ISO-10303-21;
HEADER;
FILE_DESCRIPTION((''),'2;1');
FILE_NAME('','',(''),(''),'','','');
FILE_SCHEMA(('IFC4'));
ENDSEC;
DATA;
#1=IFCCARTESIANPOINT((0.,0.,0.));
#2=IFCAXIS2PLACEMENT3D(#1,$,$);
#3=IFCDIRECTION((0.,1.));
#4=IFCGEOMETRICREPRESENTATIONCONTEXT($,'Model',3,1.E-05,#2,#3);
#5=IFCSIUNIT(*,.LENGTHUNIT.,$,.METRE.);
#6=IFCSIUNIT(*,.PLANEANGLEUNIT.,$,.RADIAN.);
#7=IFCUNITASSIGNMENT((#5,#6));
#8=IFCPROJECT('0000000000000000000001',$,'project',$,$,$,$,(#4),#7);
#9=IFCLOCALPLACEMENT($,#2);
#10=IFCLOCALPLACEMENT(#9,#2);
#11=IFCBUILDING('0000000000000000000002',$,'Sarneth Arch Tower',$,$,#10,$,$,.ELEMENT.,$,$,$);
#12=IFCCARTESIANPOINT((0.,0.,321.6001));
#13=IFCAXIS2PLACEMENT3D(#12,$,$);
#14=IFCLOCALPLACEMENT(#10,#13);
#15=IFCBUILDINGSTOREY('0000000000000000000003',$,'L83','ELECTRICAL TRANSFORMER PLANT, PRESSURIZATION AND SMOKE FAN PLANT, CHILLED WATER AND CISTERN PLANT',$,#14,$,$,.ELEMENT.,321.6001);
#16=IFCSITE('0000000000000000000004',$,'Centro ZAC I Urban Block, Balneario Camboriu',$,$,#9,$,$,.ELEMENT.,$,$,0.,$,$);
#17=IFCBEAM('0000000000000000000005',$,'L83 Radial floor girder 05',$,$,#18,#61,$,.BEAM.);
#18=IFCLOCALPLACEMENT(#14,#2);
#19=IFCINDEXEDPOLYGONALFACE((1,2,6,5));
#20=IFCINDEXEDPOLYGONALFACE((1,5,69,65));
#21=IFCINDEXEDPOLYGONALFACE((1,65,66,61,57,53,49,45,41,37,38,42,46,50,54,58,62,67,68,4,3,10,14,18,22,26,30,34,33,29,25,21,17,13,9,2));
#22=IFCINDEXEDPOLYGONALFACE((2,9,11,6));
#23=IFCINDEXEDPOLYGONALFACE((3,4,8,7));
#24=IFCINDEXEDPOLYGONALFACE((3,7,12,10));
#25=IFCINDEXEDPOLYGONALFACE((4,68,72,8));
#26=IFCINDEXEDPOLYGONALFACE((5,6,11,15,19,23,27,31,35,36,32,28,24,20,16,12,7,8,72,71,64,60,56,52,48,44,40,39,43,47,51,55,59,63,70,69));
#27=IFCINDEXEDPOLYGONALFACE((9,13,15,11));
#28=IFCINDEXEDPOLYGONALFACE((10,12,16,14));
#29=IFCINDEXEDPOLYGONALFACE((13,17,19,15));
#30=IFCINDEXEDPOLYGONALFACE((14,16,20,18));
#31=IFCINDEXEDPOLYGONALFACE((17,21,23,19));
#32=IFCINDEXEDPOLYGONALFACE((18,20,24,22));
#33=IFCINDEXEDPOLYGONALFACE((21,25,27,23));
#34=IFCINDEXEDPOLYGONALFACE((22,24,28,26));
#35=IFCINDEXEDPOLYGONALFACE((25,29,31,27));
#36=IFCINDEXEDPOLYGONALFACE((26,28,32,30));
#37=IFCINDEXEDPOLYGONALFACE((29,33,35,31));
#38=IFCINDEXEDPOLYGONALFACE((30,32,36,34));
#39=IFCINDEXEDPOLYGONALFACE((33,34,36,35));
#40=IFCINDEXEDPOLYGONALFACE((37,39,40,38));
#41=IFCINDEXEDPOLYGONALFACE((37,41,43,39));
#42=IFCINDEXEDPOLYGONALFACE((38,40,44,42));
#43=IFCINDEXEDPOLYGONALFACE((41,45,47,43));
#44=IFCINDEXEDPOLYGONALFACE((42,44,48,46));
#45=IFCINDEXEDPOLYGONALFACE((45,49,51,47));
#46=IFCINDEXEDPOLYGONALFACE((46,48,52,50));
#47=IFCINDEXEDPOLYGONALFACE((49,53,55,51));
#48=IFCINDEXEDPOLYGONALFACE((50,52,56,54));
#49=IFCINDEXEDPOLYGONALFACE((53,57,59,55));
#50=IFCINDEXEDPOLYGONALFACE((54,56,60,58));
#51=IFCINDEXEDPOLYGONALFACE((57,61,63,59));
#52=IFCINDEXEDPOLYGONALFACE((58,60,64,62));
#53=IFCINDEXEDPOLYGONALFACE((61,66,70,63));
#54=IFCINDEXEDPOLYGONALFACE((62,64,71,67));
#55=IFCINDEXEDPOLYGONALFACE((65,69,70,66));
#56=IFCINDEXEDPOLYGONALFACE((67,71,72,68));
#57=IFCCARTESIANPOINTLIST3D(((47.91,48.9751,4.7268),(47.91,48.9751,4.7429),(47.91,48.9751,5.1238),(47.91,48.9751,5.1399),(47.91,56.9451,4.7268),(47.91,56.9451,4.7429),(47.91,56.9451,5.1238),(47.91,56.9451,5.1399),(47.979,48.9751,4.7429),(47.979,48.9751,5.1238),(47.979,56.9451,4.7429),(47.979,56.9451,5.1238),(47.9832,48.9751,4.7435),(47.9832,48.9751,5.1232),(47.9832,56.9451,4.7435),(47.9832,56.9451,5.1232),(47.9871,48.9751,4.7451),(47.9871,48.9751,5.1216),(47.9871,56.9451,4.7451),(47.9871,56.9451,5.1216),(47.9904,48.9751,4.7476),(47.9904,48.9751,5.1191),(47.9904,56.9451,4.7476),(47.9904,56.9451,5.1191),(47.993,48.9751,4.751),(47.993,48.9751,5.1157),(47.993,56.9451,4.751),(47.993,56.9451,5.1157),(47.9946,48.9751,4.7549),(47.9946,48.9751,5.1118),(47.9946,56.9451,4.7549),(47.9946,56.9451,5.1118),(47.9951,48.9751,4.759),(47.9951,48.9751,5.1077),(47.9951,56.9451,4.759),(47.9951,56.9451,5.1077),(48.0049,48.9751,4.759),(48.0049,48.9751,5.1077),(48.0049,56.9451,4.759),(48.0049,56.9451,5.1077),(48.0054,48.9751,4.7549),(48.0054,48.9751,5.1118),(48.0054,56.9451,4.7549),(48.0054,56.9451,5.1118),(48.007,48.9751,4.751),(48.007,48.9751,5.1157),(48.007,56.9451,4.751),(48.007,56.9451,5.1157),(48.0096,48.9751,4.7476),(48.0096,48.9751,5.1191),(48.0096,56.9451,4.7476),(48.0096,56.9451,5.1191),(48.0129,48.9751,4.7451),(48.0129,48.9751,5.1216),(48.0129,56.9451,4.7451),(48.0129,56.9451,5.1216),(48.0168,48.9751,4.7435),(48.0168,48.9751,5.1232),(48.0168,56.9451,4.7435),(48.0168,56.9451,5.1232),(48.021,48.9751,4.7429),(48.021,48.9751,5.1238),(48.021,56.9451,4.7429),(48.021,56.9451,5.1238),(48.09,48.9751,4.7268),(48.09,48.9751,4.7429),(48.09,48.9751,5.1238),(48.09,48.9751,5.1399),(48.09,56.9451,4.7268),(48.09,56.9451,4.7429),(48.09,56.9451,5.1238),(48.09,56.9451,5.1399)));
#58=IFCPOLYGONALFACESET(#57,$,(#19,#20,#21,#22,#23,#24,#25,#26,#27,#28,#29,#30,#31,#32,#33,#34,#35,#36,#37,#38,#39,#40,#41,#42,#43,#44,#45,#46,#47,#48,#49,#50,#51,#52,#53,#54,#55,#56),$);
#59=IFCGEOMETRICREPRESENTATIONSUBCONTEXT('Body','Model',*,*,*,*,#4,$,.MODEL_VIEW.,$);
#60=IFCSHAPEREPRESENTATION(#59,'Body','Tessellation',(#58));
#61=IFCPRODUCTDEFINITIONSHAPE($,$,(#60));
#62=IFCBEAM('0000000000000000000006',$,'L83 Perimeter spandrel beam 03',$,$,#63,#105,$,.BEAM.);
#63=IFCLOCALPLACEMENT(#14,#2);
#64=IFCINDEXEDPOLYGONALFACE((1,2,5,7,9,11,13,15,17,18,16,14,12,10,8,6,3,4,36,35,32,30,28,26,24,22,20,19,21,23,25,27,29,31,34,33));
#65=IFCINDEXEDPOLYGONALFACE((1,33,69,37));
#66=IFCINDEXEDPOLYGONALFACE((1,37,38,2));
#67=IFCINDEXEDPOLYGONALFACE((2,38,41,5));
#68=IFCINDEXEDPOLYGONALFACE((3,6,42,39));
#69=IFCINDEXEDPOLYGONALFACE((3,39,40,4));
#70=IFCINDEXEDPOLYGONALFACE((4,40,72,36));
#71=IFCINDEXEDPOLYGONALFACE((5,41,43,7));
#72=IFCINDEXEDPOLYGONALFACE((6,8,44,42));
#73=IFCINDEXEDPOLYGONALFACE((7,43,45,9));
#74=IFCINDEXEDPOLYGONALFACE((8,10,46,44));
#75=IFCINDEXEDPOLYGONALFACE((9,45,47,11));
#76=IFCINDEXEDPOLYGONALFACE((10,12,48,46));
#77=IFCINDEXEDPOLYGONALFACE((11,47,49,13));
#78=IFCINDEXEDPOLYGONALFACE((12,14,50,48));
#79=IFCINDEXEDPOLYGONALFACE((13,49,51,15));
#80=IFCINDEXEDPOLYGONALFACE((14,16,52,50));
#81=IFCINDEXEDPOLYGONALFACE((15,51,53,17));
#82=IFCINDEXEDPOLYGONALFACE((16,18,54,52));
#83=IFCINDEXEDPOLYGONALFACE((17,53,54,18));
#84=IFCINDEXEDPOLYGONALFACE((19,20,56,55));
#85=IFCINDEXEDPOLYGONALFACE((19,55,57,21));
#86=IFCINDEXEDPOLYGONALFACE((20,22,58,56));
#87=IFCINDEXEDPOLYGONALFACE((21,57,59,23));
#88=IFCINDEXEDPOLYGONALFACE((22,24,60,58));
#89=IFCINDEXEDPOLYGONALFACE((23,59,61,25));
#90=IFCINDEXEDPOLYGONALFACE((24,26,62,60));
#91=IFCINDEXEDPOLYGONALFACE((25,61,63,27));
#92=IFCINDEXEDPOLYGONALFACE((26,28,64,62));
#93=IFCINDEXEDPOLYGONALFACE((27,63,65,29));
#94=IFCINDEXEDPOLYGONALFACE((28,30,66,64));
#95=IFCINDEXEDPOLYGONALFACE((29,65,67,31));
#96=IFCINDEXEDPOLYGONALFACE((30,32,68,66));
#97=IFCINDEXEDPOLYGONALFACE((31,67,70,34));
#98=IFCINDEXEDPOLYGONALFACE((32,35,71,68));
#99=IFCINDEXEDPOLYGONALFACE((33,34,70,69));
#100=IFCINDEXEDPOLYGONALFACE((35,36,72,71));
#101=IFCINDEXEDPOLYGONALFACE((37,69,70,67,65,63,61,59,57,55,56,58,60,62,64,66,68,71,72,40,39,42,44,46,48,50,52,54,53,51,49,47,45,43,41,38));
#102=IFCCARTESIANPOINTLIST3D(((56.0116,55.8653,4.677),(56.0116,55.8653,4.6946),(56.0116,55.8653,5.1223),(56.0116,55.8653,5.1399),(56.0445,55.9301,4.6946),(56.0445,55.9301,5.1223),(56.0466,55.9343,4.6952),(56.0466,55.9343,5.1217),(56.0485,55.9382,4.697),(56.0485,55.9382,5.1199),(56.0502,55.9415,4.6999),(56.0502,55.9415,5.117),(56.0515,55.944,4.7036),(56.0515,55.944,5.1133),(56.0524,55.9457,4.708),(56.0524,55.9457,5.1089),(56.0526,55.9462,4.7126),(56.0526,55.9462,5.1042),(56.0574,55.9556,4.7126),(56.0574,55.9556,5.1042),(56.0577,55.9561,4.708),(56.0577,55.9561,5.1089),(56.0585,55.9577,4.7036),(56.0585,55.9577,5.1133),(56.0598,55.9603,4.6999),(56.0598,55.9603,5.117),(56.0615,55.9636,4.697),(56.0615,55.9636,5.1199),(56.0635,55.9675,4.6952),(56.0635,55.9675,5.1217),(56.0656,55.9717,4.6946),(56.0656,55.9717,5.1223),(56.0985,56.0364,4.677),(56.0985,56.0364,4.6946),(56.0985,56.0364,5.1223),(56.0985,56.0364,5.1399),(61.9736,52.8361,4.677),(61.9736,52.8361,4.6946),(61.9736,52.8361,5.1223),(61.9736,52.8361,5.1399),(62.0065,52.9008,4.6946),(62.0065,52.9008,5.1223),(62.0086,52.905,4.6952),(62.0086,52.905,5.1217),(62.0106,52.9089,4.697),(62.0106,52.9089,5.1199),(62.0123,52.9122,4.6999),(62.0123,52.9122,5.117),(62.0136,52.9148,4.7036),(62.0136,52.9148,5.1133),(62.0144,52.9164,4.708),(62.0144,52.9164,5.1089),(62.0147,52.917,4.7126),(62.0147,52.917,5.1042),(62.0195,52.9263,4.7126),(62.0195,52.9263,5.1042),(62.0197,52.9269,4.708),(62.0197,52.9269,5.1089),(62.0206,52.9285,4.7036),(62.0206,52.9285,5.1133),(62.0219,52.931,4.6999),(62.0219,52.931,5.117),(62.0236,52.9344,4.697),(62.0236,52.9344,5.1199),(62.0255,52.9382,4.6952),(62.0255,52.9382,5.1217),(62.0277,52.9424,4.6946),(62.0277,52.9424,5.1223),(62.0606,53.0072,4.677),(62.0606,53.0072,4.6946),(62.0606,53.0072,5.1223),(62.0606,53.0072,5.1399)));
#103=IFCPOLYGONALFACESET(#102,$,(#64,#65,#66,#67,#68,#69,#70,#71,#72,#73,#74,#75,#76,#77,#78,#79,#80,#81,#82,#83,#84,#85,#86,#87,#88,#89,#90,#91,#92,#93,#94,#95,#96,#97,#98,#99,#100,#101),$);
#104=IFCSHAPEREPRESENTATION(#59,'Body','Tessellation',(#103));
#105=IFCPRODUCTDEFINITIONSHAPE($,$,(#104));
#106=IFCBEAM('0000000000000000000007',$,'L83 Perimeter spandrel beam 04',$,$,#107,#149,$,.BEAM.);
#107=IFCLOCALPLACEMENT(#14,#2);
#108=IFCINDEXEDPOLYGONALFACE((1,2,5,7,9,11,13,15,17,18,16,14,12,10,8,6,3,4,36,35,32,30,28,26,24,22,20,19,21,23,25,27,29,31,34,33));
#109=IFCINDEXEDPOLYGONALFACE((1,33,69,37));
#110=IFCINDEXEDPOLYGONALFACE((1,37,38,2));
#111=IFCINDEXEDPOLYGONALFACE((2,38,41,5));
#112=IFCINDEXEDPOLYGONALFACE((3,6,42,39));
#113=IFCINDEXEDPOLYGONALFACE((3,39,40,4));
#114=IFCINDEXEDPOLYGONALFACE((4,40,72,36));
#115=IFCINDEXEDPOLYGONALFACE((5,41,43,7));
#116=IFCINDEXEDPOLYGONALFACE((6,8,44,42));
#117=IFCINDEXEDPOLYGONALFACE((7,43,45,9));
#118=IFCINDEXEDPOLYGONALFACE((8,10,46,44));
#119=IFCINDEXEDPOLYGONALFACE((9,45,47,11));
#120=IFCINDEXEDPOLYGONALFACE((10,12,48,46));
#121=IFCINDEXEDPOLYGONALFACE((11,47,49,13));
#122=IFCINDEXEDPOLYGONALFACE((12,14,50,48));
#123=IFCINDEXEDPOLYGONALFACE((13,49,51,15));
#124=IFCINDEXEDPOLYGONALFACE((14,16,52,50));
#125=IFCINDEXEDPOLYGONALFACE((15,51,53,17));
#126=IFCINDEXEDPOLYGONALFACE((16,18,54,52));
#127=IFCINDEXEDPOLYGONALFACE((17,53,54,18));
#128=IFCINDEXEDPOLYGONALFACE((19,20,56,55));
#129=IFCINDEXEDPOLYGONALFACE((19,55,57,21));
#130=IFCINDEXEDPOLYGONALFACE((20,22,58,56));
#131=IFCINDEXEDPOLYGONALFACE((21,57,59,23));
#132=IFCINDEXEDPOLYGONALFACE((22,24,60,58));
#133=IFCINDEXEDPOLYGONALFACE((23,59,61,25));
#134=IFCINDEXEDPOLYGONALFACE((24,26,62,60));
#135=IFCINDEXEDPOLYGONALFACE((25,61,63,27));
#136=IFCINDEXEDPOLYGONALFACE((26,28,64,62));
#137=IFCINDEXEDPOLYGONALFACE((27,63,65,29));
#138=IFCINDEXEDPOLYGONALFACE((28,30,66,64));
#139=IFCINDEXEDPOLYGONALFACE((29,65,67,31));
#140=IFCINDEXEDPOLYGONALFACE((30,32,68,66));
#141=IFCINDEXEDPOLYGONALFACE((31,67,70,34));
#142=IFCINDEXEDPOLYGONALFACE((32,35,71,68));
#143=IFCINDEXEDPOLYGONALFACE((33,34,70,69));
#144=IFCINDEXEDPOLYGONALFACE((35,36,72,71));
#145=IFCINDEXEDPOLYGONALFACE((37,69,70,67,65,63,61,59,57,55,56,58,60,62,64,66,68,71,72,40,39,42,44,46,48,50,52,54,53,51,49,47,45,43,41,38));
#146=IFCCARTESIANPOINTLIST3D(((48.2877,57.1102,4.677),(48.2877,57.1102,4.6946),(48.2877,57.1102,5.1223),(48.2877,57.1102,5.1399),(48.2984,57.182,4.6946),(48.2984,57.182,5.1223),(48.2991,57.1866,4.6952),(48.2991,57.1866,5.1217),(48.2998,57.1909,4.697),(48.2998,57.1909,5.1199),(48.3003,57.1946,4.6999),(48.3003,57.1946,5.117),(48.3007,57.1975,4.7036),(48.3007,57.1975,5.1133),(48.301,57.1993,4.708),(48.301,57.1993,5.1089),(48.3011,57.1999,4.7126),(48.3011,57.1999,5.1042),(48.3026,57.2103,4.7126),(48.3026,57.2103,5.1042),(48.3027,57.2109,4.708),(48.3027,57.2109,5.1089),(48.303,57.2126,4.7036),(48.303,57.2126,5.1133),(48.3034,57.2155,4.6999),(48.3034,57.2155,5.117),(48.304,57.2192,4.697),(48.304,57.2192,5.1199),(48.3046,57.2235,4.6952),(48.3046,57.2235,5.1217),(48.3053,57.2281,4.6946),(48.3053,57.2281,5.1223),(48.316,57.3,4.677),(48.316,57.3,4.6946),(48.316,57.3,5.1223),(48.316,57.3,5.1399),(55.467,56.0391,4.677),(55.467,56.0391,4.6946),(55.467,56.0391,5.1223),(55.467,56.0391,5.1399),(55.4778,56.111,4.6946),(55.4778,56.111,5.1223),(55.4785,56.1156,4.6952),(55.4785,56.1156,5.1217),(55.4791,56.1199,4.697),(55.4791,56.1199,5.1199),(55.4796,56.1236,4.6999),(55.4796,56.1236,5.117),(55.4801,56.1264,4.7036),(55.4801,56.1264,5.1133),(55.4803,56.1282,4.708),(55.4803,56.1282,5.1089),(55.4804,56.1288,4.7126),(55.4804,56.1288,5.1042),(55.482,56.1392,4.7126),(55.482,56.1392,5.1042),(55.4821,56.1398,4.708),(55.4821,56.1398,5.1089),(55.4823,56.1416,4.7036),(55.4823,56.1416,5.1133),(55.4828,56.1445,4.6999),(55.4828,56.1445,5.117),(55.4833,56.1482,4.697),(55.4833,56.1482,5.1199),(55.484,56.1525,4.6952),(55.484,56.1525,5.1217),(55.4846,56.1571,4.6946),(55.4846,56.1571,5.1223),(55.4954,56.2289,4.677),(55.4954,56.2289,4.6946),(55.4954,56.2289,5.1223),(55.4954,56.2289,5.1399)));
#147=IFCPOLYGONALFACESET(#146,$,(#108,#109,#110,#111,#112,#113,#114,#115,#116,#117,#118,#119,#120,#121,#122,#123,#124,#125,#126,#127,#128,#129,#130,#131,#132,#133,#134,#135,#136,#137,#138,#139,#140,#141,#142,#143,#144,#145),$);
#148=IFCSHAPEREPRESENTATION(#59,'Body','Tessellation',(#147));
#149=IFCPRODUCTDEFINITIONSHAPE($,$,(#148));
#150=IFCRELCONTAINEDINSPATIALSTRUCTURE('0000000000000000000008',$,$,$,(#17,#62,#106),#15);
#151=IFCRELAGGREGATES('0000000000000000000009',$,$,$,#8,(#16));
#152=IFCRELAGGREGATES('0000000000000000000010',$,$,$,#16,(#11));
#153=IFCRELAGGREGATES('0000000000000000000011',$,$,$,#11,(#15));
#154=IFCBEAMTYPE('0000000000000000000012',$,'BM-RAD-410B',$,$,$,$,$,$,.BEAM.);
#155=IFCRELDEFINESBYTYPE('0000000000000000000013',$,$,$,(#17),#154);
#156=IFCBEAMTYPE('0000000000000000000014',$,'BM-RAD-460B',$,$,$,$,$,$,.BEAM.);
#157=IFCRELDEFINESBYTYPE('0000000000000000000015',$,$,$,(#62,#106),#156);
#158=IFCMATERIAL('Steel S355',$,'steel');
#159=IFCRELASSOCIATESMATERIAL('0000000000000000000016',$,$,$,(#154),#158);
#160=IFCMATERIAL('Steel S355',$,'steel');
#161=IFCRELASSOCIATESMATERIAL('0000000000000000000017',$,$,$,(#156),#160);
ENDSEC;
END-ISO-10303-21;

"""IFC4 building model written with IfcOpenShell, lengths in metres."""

from ifc_helpers import new_model, si_unit, direction, frame, origin, origin_2d, place, context, subcontext, project, spatial, i_section, extrude, material, material_profile, profile_set, type_object, element, save


model = new_model("IFC4")

# Units and contexts
model_context = context("Model", 3, precision=1e-05, world=origin(), true_north=direction((0.0, 1.0)))
body_context = subcontext(model_context, "Body", "Model", "MODEL_VIEW")
ifc_project = project(units=[si_unit("LENGTHUNIT", "METRE"), si_unit("PLANEANGLEUNIT", "RADIAN")], contexts=[model_context])

# Site, building, storey
site_placement = place(None, origin())
site = spatial("IfcSite", under=ifc_project, at=site_placement, Name="Centro ZAC I Urban Block, Balneario Camboriu", CompositionType="ELEMENT", RefElevation=0.0)
building_placement = place(site_placement, origin())
building = spatial("IfcBuilding", under=site, at=building_placement, Name="Sarneth Arch Tower", CompositionType="ELEMENT")
storey_placement = place(building_placement, frame((0.0, 0.0, 321.6001)))
storey = spatial("IfcBuildingStorey", under=building, at=storey_placement, Name="L83", Description="ELECTRICAL TRANSFORMER PLANT, PRESSURIZATION AND SMOKE FAN PLANT, CHILLED WATER AND CISTERN PLANT", CompositionType="ELEMENT", Elevation=321.6001)

# Beams
ifc_material_1 = material(Name="Steel S355", Category="steel")
ifc_material_profile_1 = material_profile(ifc_material_1, i_section(OverallWidth=0.1799, OverallDepth=0.4131, WebThickness=0.0098, FlangeThickness=0.0161, FilletRadius=0.0161, at=origin_2d()), Name="W410x75")
ifc_profile_set_1 = profile_set([ifc_material_profile_1], Name="Steel S355")
beam_type_1 = type_object("IfcBeamType", Name="BM-RAD-410B", PredefinedType="BEAM", material=ifc_profile_set_1)
beam_1_placement = place(storey_placement, frame((48.0, 48.9751, 4.9333), z_axis=(0.0, 1.0, 0.0), x_axis=(-1.0, 0.0, 0.0)))
element("IfcBeam", 1, at=beam_1_placement, inside=storey, type_object=beam_type_1, Name="L83 Radial floor girder 05", PredefinedType="BEAM", context=body_context, shape_type="SweptSolid", body=[
    extrude(i_section(OverallWidth=0.1799, OverallDepth=0.4131, WebThickness=0.0098, FlangeThickness=0.0161, FilletRadius=0.0161, at=origin_2d()), origin(), (0.0, 0.0, 1.0), 7.97),
])
ifc_material_2 = material(Name="Steel S355", Category="steel")
ifc_material_profile_2 = material_profile(ifc_material_2, i_section(OverallWidth=0.1919, OverallDepth=0.4629, WebThickness=0.0105, FlangeThickness=0.0176, FilletRadius=0.0181, at=origin_2d()), Name="W460x89")
ifc_profile_set_2 = profile_set([ifc_material_profile_2], Name="Steel S355")
beam_type_2 = type_object("IfcBeamType", Name="BM-RAD-460B", PredefinedType="BEAM", material=ifc_profile_set_2)
beam_2_placement = place(storey_placement, frame((62.0171, 52.9216, 4.9084), z_axis=(-0.891525, 0.452972, 0.0), x_axis=(-0.452972, -0.891525, 0.0)))
element("IfcBeam", 2, at=beam_2_placement, inside=storey, type_object=beam_type_2, Name="L83 Perimeter spandrel beam 03", PredefinedType="BEAM", context=body_context, shape_type="SweptSolid", body=[
    extrude(i_section(OverallWidth=0.1919, OverallDepth=0.4629, WebThickness=0.0105, FlangeThickness=0.0176, FilletRadius=0.0181, at=origin_2d()), origin(), (0.0, 0.0, 1.0), 6.6875),
])
beam_3_placement = place(storey_placement, frame((55.4812, 56.134, 4.9084), z_axis=(-0.989055, 0.147549, 0.0), x_axis=(-0.147549, -0.989055, 0.0)))
element("IfcBeam", 3, at=beam_3_placement, inside=storey, type_object=beam_type_2, Name="L83 Perimeter spandrel beam 04", PredefinedType="BEAM", context=body_context, shape_type="SweptSolid", body=[
    extrude(i_section(OverallWidth=0.1919, OverallDepth=0.4629, WebThickness=0.0105, FlangeThickness=0.0176, FilletRadius=0.0181, at=origin_2d()), origin(), (0.0, 0.0, 1.0), 7.2588),
])

save(model, "model.ifc")
